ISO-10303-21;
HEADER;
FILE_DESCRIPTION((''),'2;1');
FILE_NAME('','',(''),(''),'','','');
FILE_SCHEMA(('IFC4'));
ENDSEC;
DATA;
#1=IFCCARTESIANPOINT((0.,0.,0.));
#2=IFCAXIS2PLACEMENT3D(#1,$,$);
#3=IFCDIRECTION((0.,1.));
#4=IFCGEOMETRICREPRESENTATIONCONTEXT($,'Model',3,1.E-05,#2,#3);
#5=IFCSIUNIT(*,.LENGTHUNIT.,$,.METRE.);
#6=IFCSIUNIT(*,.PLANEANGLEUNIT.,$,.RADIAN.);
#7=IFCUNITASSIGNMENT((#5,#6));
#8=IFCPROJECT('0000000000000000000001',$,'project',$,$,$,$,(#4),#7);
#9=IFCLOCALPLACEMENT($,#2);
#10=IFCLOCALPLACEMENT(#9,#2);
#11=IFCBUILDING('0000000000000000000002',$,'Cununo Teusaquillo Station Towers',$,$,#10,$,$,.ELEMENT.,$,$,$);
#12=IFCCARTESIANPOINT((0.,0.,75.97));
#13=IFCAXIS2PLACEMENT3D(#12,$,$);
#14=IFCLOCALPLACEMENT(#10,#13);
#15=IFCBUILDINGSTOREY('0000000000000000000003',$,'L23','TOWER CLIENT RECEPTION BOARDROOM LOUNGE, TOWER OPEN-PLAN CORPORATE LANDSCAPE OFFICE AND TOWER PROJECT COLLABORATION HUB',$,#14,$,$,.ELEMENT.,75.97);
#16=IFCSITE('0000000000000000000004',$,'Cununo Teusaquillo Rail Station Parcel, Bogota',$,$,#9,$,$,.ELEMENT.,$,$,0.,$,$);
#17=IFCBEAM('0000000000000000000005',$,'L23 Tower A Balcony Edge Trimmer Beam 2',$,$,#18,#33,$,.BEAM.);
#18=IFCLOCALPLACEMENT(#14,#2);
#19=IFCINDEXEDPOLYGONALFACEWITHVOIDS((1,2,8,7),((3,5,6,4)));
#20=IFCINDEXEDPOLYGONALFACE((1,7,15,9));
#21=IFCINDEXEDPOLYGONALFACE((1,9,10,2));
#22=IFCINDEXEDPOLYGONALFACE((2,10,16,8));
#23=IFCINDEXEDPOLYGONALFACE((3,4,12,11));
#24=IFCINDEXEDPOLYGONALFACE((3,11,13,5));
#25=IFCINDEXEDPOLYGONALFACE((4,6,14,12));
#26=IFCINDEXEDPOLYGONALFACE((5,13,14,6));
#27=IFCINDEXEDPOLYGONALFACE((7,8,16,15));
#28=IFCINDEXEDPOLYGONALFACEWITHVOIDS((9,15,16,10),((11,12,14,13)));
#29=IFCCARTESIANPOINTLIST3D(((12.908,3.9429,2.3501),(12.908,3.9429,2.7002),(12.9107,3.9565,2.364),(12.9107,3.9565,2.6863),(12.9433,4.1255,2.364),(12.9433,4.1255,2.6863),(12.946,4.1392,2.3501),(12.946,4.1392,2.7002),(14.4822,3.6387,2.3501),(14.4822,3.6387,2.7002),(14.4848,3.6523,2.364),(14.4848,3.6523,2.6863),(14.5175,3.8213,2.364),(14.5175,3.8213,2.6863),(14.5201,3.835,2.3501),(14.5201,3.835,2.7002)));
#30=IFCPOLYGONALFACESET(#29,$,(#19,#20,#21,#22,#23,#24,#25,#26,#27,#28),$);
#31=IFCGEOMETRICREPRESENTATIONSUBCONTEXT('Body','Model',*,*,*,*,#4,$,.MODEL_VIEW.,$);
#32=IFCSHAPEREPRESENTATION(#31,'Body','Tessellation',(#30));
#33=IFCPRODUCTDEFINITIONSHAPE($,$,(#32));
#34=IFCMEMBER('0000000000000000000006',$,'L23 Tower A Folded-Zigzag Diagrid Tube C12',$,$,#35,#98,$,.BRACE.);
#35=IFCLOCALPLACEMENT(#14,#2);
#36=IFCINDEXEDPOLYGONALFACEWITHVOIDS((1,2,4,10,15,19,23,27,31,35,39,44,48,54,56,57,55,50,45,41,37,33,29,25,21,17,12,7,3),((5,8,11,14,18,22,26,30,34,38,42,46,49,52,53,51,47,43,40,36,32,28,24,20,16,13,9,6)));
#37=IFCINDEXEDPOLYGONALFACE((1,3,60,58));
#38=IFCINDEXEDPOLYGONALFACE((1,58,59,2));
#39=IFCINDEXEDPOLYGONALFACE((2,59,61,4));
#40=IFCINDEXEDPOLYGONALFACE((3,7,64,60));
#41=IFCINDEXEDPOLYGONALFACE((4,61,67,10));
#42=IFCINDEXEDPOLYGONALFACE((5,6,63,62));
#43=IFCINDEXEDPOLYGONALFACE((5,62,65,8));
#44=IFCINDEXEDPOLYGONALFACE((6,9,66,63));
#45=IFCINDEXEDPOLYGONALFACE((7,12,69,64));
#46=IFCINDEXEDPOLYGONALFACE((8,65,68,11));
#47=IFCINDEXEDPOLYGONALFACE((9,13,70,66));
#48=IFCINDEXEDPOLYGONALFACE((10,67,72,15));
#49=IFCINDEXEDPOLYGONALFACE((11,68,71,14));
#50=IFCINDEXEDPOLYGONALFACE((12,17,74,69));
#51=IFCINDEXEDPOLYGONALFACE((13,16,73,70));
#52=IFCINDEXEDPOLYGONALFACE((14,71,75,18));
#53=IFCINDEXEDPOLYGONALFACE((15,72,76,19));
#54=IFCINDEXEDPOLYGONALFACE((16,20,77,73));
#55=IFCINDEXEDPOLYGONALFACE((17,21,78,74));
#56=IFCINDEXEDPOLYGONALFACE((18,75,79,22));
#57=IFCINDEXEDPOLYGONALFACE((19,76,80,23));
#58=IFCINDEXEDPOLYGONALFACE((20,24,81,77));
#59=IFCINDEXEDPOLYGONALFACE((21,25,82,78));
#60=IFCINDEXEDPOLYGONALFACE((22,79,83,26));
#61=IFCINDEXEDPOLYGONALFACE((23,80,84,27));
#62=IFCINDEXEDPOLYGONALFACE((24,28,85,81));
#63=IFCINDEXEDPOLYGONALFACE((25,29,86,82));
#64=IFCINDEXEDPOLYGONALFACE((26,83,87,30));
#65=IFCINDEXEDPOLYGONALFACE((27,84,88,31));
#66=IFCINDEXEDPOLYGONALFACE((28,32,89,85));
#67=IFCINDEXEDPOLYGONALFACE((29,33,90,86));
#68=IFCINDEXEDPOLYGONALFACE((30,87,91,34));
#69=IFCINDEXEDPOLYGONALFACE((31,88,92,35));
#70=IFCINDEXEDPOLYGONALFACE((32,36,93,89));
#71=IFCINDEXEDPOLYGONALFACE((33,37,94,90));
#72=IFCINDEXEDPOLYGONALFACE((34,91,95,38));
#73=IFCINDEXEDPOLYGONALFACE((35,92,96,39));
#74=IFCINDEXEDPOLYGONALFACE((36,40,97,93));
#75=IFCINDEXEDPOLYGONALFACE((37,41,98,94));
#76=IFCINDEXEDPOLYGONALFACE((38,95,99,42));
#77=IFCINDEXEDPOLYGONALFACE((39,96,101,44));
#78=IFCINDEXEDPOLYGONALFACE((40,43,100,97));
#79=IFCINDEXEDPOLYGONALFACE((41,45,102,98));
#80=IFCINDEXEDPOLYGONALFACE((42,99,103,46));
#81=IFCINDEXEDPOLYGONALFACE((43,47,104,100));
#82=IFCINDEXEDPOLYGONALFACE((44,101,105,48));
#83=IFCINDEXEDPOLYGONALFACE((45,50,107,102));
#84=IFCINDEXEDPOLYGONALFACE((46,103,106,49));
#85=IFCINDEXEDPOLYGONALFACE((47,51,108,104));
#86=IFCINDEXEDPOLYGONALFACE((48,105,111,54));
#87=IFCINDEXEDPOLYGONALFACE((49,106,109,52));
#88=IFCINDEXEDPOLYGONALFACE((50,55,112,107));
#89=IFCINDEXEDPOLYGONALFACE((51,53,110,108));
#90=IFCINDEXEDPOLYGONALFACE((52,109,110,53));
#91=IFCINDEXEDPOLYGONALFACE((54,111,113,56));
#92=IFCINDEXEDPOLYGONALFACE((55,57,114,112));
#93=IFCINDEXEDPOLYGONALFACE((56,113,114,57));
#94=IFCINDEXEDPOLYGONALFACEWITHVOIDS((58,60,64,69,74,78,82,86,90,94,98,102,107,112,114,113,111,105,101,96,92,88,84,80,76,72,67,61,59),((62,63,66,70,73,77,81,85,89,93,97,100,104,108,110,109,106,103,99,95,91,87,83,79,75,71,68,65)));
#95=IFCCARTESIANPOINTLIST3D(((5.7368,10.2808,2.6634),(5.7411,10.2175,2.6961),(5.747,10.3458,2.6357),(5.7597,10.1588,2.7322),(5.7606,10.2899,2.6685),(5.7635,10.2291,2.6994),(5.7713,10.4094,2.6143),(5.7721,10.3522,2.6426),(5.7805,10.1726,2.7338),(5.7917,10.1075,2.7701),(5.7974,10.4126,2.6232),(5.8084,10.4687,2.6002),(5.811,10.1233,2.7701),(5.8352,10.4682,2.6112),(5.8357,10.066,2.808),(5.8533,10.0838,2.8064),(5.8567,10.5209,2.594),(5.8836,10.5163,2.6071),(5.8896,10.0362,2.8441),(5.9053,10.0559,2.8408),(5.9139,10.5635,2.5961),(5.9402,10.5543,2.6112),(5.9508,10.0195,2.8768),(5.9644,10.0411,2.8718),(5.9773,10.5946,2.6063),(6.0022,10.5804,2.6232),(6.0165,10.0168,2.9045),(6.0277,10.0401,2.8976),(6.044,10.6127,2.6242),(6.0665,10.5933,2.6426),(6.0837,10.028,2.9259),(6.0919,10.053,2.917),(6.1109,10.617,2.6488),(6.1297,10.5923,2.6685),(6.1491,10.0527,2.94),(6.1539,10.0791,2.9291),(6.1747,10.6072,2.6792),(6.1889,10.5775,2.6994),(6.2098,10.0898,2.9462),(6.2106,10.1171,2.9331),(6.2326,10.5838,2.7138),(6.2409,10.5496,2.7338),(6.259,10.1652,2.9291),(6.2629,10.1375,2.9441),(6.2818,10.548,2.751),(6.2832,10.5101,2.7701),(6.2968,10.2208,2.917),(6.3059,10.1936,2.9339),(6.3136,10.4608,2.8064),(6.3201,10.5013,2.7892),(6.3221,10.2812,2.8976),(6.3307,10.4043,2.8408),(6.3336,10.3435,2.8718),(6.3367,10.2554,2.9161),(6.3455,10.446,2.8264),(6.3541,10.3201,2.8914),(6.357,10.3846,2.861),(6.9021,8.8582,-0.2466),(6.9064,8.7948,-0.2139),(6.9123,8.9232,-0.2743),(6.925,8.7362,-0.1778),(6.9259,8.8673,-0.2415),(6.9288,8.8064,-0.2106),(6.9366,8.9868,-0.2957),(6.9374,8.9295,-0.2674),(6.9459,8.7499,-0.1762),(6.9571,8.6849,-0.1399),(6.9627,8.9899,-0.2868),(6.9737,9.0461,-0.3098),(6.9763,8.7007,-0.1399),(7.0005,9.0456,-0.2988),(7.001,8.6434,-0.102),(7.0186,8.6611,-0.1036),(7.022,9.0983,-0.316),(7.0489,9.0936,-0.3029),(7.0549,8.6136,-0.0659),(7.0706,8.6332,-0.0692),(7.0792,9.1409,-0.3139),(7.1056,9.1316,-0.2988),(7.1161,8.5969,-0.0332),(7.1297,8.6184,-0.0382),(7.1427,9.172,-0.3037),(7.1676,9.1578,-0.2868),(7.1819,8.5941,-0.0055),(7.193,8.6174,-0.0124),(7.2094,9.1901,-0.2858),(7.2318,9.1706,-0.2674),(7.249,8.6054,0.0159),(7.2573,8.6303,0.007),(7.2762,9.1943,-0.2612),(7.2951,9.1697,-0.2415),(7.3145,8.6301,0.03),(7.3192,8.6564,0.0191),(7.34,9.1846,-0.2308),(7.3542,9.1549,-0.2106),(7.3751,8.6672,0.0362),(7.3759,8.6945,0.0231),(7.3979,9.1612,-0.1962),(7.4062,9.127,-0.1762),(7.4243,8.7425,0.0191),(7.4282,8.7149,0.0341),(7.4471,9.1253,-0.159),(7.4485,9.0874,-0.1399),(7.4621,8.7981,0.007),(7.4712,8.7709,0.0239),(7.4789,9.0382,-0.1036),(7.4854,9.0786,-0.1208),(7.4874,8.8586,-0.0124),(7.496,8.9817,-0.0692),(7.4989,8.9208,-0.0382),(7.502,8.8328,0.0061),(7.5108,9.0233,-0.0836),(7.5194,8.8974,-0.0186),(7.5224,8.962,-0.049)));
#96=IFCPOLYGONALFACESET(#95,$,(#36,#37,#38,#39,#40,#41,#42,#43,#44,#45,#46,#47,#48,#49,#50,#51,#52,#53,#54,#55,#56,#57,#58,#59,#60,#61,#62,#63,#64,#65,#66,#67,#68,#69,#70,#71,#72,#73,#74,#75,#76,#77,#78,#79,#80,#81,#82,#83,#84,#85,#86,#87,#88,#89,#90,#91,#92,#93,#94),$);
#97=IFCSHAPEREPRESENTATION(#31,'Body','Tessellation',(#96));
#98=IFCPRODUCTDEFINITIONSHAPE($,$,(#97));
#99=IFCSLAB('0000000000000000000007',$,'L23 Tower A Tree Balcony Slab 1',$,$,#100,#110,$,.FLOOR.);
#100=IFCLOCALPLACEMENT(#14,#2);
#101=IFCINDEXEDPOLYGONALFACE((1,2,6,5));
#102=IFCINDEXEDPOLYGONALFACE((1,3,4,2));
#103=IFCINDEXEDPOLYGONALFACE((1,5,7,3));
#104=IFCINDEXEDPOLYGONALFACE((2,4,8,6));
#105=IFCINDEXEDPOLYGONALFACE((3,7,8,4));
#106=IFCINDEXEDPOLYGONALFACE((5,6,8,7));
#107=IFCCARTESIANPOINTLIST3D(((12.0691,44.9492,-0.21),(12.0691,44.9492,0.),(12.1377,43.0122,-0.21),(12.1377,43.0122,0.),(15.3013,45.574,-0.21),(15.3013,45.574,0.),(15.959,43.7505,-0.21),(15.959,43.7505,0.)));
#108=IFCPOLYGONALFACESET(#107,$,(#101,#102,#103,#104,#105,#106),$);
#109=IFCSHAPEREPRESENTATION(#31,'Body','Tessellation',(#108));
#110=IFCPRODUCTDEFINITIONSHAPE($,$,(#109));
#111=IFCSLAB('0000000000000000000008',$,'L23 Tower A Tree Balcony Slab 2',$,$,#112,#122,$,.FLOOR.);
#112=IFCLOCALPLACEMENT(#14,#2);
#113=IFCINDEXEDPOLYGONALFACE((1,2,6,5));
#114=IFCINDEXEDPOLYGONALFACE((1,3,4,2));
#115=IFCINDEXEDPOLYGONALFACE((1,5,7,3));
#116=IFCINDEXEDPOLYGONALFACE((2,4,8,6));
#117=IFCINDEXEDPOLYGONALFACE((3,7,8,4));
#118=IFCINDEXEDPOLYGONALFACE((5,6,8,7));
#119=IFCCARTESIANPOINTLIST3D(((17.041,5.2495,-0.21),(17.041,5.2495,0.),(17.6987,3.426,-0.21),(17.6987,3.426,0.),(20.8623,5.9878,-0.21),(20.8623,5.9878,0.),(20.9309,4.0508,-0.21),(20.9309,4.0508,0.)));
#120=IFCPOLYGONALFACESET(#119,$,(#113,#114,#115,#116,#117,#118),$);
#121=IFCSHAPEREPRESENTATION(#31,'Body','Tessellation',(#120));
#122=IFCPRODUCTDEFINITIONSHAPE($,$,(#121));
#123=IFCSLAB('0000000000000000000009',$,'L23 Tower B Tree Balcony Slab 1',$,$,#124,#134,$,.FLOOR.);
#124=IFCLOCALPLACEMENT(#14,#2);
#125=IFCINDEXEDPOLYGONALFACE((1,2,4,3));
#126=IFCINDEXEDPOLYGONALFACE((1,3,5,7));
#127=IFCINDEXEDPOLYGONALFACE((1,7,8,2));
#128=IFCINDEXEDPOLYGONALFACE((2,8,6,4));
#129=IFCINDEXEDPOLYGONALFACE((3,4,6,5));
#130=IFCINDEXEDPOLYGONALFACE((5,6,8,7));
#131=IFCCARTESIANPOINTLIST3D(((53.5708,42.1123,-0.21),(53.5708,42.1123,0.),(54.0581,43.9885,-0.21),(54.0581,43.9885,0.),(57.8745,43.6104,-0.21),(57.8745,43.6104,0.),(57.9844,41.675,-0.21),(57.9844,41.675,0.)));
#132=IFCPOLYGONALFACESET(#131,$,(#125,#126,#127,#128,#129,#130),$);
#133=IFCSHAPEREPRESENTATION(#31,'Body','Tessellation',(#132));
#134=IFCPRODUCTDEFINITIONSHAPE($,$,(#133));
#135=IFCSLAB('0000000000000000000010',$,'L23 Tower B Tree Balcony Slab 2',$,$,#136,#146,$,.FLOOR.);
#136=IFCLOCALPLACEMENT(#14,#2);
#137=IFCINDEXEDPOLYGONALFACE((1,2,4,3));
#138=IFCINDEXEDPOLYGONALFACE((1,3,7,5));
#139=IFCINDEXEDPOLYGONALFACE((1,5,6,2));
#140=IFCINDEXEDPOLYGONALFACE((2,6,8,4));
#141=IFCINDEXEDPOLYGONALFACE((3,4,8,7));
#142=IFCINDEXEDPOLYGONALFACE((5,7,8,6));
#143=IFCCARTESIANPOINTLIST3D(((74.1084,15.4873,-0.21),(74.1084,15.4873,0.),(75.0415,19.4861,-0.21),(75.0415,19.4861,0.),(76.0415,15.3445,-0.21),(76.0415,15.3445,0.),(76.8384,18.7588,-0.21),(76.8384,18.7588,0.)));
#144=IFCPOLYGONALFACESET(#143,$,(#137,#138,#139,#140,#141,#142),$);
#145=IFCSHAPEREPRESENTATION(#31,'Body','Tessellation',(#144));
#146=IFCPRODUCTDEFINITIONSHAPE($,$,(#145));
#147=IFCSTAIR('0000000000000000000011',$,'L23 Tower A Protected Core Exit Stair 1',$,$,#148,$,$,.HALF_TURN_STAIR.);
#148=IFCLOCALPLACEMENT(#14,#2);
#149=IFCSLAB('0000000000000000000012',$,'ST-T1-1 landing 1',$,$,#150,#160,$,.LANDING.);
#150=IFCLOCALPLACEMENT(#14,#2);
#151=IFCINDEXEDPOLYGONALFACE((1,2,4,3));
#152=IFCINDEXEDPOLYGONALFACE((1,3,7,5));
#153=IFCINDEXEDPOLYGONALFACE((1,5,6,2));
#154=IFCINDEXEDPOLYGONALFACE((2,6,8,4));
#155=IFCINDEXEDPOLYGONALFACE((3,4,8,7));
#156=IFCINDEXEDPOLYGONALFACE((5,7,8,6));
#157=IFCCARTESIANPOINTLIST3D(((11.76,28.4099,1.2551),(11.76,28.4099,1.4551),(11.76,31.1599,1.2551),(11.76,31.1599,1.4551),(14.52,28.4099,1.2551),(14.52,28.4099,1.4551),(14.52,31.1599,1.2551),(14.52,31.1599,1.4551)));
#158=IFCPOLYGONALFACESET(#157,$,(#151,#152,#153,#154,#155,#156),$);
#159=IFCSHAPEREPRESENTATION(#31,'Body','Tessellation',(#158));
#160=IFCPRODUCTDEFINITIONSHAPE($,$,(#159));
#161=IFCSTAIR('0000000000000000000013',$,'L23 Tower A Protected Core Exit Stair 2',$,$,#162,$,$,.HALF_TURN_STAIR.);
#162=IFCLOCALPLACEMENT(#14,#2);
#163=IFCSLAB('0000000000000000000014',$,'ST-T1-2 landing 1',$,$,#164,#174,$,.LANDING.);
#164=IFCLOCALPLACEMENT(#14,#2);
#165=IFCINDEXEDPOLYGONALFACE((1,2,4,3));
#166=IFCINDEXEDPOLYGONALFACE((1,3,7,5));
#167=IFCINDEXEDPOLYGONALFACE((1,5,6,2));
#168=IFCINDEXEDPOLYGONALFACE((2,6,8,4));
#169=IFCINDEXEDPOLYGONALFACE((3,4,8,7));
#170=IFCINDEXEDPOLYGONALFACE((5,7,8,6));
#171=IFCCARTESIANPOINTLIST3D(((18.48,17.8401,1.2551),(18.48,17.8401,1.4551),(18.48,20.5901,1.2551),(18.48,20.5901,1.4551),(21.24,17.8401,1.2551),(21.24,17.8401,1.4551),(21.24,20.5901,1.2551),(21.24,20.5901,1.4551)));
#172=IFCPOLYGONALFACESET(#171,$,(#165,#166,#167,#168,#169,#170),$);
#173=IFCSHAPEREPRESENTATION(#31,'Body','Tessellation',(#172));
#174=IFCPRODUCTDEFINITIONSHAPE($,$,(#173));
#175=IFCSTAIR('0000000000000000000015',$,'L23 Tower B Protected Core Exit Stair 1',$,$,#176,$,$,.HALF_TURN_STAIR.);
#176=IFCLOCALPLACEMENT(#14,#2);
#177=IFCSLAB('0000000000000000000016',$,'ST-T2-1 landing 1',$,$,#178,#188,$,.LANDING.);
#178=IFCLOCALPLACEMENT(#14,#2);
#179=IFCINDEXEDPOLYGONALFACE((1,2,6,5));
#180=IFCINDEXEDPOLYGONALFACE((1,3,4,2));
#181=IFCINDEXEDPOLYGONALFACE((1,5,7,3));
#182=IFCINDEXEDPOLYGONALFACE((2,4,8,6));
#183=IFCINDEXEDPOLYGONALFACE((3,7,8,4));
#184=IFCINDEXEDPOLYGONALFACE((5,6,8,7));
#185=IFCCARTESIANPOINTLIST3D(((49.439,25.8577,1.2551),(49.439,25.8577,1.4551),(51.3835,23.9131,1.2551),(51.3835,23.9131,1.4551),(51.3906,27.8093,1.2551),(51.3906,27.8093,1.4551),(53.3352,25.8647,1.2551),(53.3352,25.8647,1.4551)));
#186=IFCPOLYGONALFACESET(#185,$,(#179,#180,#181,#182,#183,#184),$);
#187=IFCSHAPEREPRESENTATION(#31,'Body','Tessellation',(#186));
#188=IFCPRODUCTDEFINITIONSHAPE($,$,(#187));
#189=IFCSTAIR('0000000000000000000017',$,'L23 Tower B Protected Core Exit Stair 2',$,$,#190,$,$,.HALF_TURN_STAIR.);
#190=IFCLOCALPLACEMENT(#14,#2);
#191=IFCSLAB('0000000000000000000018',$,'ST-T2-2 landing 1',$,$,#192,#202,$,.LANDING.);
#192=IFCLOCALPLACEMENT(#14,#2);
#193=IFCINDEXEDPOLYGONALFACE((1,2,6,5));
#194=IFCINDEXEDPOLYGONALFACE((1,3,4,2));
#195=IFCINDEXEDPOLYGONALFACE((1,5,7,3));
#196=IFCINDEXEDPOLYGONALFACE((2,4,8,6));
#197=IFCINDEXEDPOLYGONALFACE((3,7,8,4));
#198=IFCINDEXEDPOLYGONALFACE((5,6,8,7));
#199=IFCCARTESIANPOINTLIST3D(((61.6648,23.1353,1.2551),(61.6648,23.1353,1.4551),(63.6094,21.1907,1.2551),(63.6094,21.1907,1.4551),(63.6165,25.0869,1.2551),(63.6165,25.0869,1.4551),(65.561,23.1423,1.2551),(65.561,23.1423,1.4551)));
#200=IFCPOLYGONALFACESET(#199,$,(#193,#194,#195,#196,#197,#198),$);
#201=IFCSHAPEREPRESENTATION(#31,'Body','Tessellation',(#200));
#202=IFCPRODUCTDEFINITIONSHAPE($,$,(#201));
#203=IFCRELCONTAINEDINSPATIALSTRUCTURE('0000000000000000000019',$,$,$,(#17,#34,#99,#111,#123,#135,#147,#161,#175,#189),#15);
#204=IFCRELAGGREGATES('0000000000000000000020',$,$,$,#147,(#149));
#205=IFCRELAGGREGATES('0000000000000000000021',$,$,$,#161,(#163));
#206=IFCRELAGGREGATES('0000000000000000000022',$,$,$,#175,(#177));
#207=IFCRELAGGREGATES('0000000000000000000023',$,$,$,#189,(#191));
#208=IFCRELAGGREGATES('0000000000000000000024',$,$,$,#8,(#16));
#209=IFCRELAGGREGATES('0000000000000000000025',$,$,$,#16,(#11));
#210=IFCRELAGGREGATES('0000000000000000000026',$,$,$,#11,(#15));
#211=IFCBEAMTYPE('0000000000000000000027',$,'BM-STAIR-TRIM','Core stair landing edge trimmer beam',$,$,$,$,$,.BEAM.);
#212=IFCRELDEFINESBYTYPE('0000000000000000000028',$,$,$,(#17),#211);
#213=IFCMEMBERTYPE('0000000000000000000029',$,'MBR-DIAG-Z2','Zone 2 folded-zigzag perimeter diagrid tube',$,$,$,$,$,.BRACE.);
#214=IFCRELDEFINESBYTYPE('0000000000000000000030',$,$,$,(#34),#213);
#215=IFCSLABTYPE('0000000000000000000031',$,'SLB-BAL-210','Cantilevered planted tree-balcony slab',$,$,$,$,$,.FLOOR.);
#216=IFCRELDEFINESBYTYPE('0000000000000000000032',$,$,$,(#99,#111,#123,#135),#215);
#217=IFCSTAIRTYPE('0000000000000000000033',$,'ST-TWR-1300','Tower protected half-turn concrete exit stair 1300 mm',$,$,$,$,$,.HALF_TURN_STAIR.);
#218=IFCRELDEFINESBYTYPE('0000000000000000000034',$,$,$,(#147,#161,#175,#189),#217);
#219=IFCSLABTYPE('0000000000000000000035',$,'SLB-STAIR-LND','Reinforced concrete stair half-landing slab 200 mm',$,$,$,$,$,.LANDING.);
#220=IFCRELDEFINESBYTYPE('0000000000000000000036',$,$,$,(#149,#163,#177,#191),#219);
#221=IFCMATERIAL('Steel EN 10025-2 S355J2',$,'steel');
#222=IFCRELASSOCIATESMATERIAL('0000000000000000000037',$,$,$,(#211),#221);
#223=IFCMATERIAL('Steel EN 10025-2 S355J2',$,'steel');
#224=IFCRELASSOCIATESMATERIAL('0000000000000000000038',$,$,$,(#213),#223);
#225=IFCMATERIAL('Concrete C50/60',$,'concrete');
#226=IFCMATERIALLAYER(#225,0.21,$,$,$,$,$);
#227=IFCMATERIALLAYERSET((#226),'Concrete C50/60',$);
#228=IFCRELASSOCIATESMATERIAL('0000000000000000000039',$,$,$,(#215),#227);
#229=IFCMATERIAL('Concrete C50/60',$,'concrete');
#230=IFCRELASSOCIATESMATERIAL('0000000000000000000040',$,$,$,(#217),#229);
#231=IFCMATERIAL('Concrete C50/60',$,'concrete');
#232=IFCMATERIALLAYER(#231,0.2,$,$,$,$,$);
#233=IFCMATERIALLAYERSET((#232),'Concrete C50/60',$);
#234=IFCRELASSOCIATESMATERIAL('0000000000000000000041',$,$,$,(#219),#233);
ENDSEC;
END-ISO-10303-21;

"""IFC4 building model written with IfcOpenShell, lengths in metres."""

from ifc_helpers import new_model, si_unit, direction, frame, origin, origin_2d, place, context, subcontext, project, spatial, polyline, hollow_rectangle, hollow_circle, outline, extrude, material, layer, layer_set, material_profile, profile_set, type_object, element, aggregate, save


model = new_model("IFC4")

# Units and contexts
model_context = context("Model", 3, precision=1e-05, world=origin(), true_north=direction((0.0, 1.0)))
body_context = subcontext(model_context, "Body", "Model", "MODEL_VIEW")
ifc_project = project(units=[si_unit("LENGTHUNIT", "METRE"), si_unit("PLANEANGLEUNIT", "RADIAN")], contexts=[model_context])

# Site, building, storey
site_placement = place(None, origin())
site = spatial("IfcSite", under=ifc_project, at=site_placement, Name="Cununo Teusaquillo Rail Station Parcel, Bogota", CompositionType="ELEMENT", RefElevation=0.0)
building_placement = place(site_placement, origin())
building = spatial("IfcBuilding", under=site, at=building_placement, Name="Cununo Teusaquillo Station Towers", CompositionType="ELEMENT")
storey_placement = place(building_placement, frame((0.0, 0.0, 75.97)))
storey = spatial("IfcBuildingStorey", under=building, at=storey_placement, Name="L23", Description="TOWER CLIENT RECEPTION BOARDROOM LOUNGE, TOWER OPEN-PLAN CORPORATE LANDSCAPE OFFICE AND TOWER PROJECT COLLABORATION HUB", CompositionType="ELEMENT", Elevation=75.97)

# Beam
ifc_material_1 = material(Name="Steel EN 10025-2 S355J2", Category="steel")
ifc_material_profile_1 = material_profile(ifc_material_1, hollow_rectangle(XDim=0.2, YDim=0.3501, WallThickness=0.0139, at=origin_2d()), Name="RHS 350x200x14")
ifc_profile_set_1 = profile_set([ifc_material_profile_1], Name="Steel EN 10025-2 S355J2")
beam_type_1 = type_object("IfcBeamType", Name="BM-STAIR-TRIM", Description="Core stair landing edge trimmer beam", PredefinedType="BEAM", material=ifc_profile_set_1)
beam_1_placement = place(storey_placement, frame((12.927, 4.041, 2.5251), z_axis=(0.981837, -0.189728, 0.0), x_axis=(0.189728, 0.981837, 0.0)))
element("IfcBeam", 1, at=beam_1_placement, inside=storey, type_object=beam_type_1, Name="L23 Tower A Balcony Edge Trimmer Beam 2", PredefinedType="BEAM", context=body_context, shape_type="SweptSolid", body=[
    extrude(hollow_rectangle(XDim=0.2, YDim=0.3501, WallThickness=0.0139, at=origin_2d()), origin(), (0.0, 0.0, 1.0), 1.6033),
])

# Member
ifc_material_2 = material(Name="Steel EN 10025-2 S355J2", Category="steel")
ifc_material_profile_2 = material_profile(ifc_material_2, hollow_circle(Radius=0.3301, WallThickness=0.0249, at=origin_2d()), Name="CHS 660x25")
ifc_profile_set_2 = profile_set([ifc_material_profile_2], Name="Steel EN 10025-2 S355J2")
member_type = type_object("IfcMemberType", Name="MBR-DIAG-Z2", Description="Zone 2 folded-zigzag perimeter diagrid tube", PredefinedType="BRACE", material=ifc_profile_set_2)
member_placement = place(storey_placement, frame((7.2124, 8.894, -0.1399), z_axis=(-0.338521, 0.413275, 0.845345), x_axis=(-0.773602, -0.633671, 0.0)))
element("IfcMember", 2, at=member_placement, inside=storey, type_object=member_type, Name="L23 Tower A Folded-Zigzag Diagrid Tube C12", PredefinedType="BRACE", context=body_context, shape_type="SweptSolid", body=[
    extrude(hollow_circle(Radius=0.3301, WallThickness=0.0249, at=origin_2d()), origin(), (0.0, 0.0, 1.0), 3.4424),
])

# Slabs
ifc_material_3 = material(Name="Concrete C50/60", Category="concrete")
ifc_layer_1 = layer(ifc_material_3, 0.21)
ifc_layer_set_1 = layer_set([ifc_layer_1], Name="Concrete C50/60")
slab_type_1 = type_object("IfcSlabType", Name="SLB-BAL-210", Description="Cantilevered planted tree-balcony slab", PredefinedType="FLOOR", material=ifc_layer_set_1)
slab_1_placement = place(storey_placement, frame((0.0, 0.0, -0.21)))
element("IfcSlab", 3, at=slab_1_placement, inside=storey, type_object=slab_type_1, Name="L23 Tower A Tree Balcony Slab 1", PredefinedType="FLOOR", context=body_context, shape_type="SweptSolid", body=[
    extrude(outline(polyline([(15.959, 43.7505), (12.1377, 43.0122), (12.0691, 44.9492), (15.3013, 45.574), (15.959, 43.7505)])), origin(), (0.0, 0.0, 1.0), 0.21),
])
slab_2_placement = place(storey_placement, frame((0.0, 0.0, -0.21)))
element("IfcSlab", 4, at=slab_2_placement, inside=storey, type_object=slab_type_1, Name="L23 Tower A Tree Balcony Slab 2", PredefinedType="FLOOR", context=body_context, shape_type="SweptSolid", body=[
    extrude(outline(polyline([(17.041, 5.2495), (20.8623, 5.9878), (20.9309, 4.0508), (17.6987, 3.426), (17.041, 5.2495)])), origin(), (0.0, 0.0, 1.0), 0.21),
])
slab_3_placement = place(storey_placement, frame((0.0, 0.0, -0.21)))
element("IfcSlab", 5, at=slab_3_placement, inside=storey, type_object=slab_type_1, Name="L23 Tower B Tree Balcony Slab 1", PredefinedType="FLOOR", context=body_context, shape_type="SweptSolid", body=[
    extrude(outline(polyline([(57.9844, 41.675), (53.5708, 42.1123), (54.0581, 43.9885), (57.8745, 43.6104), (57.9844, 41.675)])), origin(), (0.0, 0.0, 1.0), 0.21),
])
slab_4_placement = place(storey_placement, frame((0.0, 0.0, -0.21)))
element("IfcSlab", 6, at=slab_4_placement, inside=storey, type_object=slab_type_1, Name="L23 Tower B Tree Balcony Slab 2", PredefinedType="FLOOR", context=body_context, shape_type="SweptSolid", body=[
    extrude(outline(polyline([(74.1084, 15.4873), (75.0415, 19.4861), (76.8384, 18.7588), (76.0415, 15.3445), (74.1084, 15.4873)])), origin(), (0.0, 0.0, 1.0), 0.21),
])

# Stairs, slabs
ifc_material_4 = material(Name="Concrete C50/60", Category="concrete")
stair_type = type_object("IfcStairType", Name="ST-TWR-1300", Description="Tower protected half-turn concrete exit stair 1300 mm", PredefinedType="HALF_TURN_STAIR", material=ifc_material_4)
stair_1_placement = place(storey_placement, origin())
stair_1 = element("IfcStair", 7, at=stair_1_placement, inside=storey, type_object=stair_type, Name="L23 Tower A Protected Core Exit Stair 1", PredefinedType="HALF_TURN_STAIR")
ifc_material_5 = material(Name="Concrete C50/60", Category="concrete")
ifc_layer_2 = layer(ifc_material_5, 0.2)
ifc_layer_set_2 = layer_set([ifc_layer_2], Name="Concrete C50/60")
slab_type_2 = type_object("IfcSlabType", Name="SLB-STAIR-LND", Description="Reinforced concrete stair half-landing slab 200 mm", PredefinedType="LANDING", material=ifc_layer_set_2)
slab_5_placement = place(storey_placement, frame((0.0, 0.0, 1.2551)))
slab_5 = element("IfcSlab", 8, at=slab_5_placement, type_object=slab_type_2, Name="ST-T1-1 landing 1", PredefinedType="LANDING", context=body_context, shape_type="SweptSolid", body=[
    extrude(outline(polyline([(14.52, 28.4099), (14.52, 31.1599), (11.76, 31.1599), (11.76, 28.4099), (14.52, 28.4099)])), origin(), (0.0, 0.0, 1.0), 0.2),
])
aggregate(stair_1, [slab_5])
stair_2_placement = place(storey_placement, origin())
stair_2 = element("IfcStair", 9, at=stair_2_placement, inside=storey, type_object=stair_type, Name="L23 Tower A Protected Core Exit Stair 2", PredefinedType="HALF_TURN_STAIR")
slab_6_placement = place(storey_placement, frame((0.0, 0.0, 1.2551)))
slab_6 = element("IfcSlab", 10, at=slab_6_placement, type_object=slab_type_2, Name="ST-T1-2 landing 1", PredefinedType="LANDING", context=body_context, shape_type="SweptSolid", body=[
    extrude(outline(polyline([(18.48, 20.5901), (18.48, 17.8401), (21.24, 17.8401), (21.24, 20.5901), (18.48, 20.5901)])), origin(), (0.0, 0.0, 1.0), 0.2),
])
aggregate(stair_2, [slab_6])
stair_3_placement = place(storey_placement, origin())
stair_3 = element("IfcStair", 11, at=stair_3_placement, inside=storey, type_object=stair_type, Name="L23 Tower B Protected Core Exit Stair 1", PredefinedType="HALF_TURN_STAIR")
slab_7_placement = place(storey_placement, frame((0.0, 0.0, 1.2551)))
slab_7 = element("IfcSlab", 12, at=slab_7_placement, type_object=slab_type_2, Name="ST-T2-1 landing 1", PredefinedType="LANDING", context=body_context, shape_type="SweptSolid", body=[
    extrude(outline(polyline([(53.3352, 25.8647), (51.3906, 27.8093), (49.439, 25.8577), (51.3835, 23.9131), (53.3352, 25.8647)])), origin(), (0.0, 0.0, 1.0), 0.2),
])
aggregate(stair_3, [slab_7])
stair_4_placement = place(storey_placement, origin())
stair_4 = element("IfcStair", 13, at=stair_4_placement, inside=storey, type_object=stair_type, Name="L23 Tower B Protected Core Exit Stair 2", PredefinedType="HALF_TURN_STAIR")
slab_8_placement = place(storey_placement, frame((0.0, 0.0, 1.2551)))
slab_8 = element("IfcSlab", 14, at=slab_8_placement, type_object=slab_type_2, Name="ST-T2-2 landing 1", PredefinedType="LANDING", context=body_context, shape_type="SweptSolid", body=[
    extrude(outline(polyline([(61.6648, 23.1353), (63.6094, 21.1907), (65.561, 23.1423), (63.6165, 25.0869), (61.6648, 23.1353)])), origin(), (0.0, 0.0, 1.0), 0.2),
])
aggregate(stair_4, [slab_8])

save(model, "model.ifc")
